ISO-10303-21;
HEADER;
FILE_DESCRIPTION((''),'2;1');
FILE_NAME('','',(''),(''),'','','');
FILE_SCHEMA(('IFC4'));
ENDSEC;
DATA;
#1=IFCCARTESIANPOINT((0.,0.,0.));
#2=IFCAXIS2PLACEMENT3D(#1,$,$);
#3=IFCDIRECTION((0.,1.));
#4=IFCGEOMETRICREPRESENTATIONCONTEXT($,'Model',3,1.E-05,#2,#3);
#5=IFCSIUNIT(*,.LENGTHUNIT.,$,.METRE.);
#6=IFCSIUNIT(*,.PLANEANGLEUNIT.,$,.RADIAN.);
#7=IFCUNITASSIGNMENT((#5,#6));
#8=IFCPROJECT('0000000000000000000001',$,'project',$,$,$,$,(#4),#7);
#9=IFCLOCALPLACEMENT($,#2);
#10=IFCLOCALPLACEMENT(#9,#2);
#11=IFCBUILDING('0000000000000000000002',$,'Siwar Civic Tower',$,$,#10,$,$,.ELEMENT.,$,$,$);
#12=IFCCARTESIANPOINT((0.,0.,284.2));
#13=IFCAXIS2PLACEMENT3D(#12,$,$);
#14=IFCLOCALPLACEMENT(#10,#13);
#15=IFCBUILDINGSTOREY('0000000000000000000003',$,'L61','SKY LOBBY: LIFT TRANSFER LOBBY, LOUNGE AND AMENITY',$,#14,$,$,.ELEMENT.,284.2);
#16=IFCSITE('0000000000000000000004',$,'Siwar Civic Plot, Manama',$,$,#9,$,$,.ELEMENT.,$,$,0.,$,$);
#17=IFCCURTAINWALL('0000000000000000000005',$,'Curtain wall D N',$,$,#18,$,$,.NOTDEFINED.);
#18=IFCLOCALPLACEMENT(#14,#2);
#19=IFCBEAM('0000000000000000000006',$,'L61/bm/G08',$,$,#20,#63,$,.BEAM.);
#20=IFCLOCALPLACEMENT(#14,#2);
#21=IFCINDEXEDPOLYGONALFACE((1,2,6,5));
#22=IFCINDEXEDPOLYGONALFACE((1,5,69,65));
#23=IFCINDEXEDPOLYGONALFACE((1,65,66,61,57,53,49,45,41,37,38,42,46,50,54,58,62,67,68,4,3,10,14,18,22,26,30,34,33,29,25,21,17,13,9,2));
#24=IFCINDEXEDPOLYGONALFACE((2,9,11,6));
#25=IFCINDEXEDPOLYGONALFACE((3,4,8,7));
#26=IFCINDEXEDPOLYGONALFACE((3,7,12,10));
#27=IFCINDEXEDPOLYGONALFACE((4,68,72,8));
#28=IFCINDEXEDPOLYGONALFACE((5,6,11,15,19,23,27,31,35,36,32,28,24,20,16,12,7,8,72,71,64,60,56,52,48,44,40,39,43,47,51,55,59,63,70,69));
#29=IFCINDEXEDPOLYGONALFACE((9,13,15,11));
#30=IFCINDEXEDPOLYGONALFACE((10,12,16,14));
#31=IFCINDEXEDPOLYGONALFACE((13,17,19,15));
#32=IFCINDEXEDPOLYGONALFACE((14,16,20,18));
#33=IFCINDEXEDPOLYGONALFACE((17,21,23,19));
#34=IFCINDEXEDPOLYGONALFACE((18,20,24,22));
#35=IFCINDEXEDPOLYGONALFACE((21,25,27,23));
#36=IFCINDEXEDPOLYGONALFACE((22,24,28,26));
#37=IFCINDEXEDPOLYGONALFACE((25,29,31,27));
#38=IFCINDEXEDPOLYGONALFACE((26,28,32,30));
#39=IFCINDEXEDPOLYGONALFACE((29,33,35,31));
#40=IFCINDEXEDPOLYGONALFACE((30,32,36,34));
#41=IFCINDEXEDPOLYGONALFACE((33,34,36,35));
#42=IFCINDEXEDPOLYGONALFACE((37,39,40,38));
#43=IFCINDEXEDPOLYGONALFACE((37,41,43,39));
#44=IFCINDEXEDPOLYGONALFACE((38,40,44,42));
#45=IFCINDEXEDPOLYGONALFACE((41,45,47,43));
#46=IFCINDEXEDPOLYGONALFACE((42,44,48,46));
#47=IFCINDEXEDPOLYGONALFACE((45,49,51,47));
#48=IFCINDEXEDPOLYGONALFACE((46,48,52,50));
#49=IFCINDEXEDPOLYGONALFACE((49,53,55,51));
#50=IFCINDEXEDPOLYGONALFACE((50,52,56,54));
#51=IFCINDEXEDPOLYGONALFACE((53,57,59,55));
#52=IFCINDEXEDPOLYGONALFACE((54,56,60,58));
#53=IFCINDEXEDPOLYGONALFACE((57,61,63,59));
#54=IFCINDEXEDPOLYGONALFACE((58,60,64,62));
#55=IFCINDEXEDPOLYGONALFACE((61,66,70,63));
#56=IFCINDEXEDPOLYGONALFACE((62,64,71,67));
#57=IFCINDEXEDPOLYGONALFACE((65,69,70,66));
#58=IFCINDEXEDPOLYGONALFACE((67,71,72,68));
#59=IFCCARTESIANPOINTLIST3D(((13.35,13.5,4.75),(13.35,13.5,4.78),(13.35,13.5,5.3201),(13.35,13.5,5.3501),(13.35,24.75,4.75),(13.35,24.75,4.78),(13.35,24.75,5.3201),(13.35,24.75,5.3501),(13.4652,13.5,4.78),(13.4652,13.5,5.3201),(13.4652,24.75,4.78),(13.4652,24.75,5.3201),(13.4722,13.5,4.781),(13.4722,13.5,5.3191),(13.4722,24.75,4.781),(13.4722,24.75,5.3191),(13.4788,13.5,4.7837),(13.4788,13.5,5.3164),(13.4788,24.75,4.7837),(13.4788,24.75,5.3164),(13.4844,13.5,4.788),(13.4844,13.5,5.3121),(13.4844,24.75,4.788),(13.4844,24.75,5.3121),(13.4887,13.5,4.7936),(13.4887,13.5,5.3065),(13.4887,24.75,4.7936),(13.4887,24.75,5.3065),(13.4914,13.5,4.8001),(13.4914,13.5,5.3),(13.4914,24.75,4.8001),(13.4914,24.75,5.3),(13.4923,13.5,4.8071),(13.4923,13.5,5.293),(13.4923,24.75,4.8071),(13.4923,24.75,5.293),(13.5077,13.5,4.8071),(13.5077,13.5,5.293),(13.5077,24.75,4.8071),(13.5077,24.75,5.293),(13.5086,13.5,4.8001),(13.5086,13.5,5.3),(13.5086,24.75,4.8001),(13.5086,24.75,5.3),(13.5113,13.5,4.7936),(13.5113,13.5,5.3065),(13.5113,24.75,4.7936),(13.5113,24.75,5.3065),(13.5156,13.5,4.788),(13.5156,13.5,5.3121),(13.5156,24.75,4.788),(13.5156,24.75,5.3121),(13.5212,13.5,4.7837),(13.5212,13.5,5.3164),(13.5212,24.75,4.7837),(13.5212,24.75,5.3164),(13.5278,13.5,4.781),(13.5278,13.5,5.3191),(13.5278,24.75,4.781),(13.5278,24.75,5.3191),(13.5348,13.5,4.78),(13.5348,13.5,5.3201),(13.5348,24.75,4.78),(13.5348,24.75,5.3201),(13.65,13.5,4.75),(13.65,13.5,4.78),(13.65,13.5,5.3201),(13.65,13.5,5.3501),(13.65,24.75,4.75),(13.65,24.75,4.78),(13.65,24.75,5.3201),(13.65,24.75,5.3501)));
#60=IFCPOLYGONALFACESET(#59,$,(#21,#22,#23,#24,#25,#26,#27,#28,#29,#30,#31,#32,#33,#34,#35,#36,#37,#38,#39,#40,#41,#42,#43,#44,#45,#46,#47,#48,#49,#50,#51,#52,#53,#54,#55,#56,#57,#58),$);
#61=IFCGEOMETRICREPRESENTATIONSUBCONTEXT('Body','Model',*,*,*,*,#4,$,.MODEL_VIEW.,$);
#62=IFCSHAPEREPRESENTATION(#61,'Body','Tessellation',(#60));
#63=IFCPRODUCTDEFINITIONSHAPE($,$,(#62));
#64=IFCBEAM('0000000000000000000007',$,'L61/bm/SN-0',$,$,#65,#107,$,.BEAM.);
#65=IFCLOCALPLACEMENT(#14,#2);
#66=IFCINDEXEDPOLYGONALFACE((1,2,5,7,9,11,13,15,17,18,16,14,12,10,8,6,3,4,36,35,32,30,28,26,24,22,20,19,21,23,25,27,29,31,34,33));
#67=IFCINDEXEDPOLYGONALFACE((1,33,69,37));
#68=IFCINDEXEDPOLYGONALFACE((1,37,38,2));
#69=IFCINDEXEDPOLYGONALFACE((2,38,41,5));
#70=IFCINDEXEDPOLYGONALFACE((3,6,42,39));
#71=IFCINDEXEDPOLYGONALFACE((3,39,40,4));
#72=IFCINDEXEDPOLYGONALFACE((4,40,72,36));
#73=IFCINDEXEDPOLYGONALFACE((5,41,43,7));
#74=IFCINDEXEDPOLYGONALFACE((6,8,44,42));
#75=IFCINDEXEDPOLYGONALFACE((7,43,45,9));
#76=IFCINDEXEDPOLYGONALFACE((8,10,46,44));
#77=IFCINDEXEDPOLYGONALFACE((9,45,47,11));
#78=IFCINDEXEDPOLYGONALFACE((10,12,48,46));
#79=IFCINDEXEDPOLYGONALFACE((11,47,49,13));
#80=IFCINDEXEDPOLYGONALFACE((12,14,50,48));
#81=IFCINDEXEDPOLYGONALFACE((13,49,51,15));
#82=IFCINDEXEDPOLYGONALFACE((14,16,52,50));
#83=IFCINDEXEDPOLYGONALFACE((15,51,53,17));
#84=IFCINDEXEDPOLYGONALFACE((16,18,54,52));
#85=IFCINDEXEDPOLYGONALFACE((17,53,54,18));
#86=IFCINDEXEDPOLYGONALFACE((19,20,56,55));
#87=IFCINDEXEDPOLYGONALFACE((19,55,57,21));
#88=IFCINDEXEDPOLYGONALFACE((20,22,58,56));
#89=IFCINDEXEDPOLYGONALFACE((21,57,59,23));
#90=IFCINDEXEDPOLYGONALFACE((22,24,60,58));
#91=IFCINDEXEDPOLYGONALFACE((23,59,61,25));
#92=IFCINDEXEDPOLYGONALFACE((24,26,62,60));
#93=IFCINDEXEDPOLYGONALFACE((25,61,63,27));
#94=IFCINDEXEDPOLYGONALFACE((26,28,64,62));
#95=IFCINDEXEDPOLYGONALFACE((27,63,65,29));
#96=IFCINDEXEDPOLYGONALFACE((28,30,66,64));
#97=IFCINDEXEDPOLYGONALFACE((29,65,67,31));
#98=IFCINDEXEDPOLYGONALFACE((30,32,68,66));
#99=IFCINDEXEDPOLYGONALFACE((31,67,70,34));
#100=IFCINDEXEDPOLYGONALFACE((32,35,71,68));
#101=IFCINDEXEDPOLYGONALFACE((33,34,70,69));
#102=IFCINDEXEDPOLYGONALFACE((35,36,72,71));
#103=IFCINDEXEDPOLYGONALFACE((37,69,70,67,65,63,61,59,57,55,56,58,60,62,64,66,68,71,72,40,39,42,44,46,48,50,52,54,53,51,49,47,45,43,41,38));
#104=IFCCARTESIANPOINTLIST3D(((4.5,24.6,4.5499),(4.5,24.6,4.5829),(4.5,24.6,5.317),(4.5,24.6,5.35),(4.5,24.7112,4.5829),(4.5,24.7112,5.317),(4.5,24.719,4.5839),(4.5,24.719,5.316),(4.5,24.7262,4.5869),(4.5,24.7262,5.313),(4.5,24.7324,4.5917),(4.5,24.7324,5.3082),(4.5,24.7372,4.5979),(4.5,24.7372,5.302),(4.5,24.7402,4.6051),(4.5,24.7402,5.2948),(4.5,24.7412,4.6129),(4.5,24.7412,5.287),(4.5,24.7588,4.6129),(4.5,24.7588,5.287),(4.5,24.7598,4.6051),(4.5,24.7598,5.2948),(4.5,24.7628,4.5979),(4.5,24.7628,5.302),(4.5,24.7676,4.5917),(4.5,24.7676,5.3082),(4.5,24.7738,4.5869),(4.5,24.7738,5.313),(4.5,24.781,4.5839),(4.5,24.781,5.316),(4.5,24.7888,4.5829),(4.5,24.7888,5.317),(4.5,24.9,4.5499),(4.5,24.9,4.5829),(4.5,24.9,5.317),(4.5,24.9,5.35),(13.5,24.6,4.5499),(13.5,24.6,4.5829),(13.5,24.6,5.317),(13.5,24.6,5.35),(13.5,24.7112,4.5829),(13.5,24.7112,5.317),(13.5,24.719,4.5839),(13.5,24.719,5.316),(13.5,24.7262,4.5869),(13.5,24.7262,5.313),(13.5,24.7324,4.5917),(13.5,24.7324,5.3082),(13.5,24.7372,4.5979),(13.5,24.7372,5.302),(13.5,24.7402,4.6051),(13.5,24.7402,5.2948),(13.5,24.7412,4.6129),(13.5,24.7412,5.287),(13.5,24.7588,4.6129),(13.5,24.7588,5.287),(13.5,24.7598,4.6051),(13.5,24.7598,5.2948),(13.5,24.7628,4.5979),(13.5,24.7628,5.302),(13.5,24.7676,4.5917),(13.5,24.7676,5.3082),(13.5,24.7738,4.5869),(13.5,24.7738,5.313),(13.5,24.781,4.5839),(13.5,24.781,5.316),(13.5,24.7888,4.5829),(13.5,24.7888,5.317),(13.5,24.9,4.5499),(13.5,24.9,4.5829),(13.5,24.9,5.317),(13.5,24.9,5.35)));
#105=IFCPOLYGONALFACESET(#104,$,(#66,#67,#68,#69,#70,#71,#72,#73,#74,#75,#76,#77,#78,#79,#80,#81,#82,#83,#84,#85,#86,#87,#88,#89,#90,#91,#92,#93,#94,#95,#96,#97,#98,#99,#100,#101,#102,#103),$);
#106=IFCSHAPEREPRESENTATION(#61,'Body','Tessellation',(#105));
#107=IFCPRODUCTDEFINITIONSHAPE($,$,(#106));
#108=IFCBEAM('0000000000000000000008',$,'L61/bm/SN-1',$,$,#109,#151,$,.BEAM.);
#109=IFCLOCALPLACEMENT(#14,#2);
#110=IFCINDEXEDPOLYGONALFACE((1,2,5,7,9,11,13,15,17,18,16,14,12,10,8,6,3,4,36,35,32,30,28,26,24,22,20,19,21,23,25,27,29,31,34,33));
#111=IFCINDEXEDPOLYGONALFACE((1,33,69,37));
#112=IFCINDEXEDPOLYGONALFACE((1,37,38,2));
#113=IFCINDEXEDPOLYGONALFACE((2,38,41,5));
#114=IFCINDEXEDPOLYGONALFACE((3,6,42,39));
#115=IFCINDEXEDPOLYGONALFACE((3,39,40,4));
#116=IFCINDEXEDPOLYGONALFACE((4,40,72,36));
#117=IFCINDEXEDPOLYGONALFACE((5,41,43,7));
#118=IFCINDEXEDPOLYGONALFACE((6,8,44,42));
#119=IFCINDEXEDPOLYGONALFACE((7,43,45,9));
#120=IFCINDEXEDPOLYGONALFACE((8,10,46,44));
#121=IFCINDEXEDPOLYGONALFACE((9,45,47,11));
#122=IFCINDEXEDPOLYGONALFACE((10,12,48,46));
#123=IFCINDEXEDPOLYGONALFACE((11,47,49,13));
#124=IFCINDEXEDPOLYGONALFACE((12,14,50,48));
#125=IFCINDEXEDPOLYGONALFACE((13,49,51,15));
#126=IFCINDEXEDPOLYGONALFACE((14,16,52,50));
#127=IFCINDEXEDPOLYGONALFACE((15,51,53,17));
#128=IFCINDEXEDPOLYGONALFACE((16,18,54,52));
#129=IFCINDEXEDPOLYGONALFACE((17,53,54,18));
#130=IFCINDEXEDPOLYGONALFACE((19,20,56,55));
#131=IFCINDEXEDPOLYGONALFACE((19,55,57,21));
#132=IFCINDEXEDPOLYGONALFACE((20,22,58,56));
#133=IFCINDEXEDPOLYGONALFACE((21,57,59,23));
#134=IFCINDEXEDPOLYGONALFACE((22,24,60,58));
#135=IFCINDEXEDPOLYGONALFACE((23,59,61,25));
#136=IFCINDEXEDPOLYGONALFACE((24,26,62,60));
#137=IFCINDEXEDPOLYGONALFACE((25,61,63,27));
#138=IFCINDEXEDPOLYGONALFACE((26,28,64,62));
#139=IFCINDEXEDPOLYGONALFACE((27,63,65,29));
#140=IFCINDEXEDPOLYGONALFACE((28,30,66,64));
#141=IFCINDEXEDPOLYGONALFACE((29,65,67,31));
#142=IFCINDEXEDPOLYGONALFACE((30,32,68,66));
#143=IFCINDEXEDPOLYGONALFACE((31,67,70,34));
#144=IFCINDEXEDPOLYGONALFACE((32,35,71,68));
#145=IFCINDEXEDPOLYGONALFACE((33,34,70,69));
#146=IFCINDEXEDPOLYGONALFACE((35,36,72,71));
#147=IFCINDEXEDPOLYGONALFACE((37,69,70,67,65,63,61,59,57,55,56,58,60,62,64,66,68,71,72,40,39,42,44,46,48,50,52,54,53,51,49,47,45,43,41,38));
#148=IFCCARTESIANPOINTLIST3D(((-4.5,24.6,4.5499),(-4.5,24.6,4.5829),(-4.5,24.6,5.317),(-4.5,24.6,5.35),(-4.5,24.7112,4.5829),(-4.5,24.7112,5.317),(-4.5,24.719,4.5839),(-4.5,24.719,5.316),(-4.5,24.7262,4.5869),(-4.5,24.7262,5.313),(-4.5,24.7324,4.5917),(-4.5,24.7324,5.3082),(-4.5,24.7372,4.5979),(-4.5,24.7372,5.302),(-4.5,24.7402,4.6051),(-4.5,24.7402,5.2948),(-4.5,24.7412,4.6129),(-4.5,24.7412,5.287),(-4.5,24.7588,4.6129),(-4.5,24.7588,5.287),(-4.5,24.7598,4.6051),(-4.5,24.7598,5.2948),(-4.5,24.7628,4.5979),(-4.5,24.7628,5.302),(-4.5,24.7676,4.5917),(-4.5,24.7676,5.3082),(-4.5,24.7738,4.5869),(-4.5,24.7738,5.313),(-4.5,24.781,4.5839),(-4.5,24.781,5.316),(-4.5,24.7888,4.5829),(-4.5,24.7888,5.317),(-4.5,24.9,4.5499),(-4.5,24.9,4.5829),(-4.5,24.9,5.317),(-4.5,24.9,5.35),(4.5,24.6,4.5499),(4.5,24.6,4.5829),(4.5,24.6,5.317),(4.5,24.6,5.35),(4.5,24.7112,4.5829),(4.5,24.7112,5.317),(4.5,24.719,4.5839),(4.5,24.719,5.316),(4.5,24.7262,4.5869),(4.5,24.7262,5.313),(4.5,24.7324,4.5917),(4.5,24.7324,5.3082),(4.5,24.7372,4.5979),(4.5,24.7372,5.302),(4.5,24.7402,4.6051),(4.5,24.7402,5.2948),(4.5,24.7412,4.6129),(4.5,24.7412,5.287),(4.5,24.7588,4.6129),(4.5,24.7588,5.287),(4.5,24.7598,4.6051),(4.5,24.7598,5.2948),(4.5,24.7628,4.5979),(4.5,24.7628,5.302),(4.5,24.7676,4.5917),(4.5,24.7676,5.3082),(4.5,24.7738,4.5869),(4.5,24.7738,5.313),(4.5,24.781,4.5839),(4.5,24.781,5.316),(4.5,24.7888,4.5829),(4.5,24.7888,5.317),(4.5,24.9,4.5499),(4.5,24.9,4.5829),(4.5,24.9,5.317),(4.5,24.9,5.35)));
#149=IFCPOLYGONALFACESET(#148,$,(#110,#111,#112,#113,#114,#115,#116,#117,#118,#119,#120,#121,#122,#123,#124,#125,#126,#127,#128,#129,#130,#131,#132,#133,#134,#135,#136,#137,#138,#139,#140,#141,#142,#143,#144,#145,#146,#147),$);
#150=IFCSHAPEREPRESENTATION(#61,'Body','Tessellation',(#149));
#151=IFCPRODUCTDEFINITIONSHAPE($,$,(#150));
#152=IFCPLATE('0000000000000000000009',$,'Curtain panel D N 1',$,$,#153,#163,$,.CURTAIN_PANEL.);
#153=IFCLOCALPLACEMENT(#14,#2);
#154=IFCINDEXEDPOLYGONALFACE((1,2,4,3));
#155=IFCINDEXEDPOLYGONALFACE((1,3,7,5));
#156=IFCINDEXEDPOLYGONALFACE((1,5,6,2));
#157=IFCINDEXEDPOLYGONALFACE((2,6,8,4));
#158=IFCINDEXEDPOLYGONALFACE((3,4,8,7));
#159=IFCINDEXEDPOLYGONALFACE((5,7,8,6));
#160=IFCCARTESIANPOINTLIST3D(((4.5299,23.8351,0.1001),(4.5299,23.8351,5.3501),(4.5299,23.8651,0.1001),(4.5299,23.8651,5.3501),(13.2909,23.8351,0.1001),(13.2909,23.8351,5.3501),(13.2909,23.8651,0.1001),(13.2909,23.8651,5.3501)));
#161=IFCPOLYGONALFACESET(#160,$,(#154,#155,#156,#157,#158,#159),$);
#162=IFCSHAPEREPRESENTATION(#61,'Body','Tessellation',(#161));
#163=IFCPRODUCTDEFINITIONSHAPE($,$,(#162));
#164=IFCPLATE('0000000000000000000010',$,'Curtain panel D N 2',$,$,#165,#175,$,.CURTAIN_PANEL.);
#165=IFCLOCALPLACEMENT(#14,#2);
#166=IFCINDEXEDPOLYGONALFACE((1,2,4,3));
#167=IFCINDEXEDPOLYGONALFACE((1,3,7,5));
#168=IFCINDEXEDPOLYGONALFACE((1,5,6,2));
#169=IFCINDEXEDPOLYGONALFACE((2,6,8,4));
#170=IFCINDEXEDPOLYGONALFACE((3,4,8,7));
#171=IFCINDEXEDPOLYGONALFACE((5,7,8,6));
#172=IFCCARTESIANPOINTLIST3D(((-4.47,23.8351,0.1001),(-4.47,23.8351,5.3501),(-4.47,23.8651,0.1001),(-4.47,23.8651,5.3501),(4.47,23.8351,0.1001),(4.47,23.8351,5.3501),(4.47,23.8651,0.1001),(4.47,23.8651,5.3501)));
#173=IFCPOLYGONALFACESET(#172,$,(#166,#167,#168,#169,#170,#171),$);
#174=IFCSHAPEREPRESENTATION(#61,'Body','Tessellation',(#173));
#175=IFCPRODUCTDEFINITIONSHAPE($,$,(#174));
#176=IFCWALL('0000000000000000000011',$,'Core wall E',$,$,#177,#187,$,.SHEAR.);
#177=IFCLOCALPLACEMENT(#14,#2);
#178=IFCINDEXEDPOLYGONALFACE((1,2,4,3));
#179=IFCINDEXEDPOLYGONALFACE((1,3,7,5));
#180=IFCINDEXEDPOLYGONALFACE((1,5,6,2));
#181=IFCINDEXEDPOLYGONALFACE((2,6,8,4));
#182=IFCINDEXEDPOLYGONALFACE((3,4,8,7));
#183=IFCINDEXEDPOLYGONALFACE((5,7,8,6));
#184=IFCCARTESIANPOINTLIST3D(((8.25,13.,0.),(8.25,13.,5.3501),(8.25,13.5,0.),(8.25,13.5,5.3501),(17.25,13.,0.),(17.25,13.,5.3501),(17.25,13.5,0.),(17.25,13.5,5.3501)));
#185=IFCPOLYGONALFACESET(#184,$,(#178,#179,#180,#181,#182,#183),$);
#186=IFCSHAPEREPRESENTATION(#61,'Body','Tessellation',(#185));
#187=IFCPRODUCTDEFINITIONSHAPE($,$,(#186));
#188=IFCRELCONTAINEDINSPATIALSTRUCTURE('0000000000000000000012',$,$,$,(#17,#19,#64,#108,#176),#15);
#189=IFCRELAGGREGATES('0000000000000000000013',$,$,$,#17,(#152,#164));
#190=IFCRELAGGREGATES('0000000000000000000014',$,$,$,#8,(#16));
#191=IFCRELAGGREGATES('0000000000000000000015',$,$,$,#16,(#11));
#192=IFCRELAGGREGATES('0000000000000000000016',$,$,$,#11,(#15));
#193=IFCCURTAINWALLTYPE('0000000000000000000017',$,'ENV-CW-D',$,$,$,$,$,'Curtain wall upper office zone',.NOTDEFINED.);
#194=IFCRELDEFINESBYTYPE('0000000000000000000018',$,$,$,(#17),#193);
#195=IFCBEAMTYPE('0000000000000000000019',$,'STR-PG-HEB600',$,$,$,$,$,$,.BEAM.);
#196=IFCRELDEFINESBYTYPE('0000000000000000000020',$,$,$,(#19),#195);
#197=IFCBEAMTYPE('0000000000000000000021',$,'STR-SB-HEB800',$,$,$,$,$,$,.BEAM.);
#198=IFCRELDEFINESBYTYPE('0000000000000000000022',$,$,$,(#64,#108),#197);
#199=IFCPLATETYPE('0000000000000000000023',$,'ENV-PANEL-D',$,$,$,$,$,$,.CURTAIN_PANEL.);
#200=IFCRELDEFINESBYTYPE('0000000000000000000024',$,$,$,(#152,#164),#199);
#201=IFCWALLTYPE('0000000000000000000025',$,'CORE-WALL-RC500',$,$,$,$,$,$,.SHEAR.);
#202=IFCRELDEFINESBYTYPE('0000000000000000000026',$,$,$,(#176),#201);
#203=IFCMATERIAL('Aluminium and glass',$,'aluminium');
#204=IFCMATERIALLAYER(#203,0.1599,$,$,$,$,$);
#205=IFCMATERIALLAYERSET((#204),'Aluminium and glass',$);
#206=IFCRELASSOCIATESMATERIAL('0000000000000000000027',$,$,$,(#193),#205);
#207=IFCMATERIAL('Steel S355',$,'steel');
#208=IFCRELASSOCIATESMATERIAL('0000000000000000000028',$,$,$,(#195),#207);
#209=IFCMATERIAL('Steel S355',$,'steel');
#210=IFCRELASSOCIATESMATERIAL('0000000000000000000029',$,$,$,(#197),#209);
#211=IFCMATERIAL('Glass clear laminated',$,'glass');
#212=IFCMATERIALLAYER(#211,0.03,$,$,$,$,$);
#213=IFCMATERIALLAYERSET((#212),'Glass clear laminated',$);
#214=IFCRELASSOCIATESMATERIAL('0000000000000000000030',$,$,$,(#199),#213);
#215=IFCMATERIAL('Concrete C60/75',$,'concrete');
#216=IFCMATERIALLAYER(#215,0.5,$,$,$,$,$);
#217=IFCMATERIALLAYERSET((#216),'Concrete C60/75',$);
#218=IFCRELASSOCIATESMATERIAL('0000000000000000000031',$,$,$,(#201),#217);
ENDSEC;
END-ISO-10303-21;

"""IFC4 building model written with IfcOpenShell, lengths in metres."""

from ifc_helpers import new_model, si_unit, direction, frame, frame_2d, origin, origin_2d, place, context, subcontext, project, spatial, rectangle, i_section, extrude, material, layer, layer_set, material_profile, profile_set, type_object, element, aggregate, save


model = new_model("IFC4")

# Units and contexts
model_context = context("Model", 3, precision=1e-05, world=origin(), true_north=direction((0.0, 1.0)))
body_context = subcontext(model_context, "Body", "Model", "MODEL_VIEW")
ifc_project = project(units=[si_unit("LENGTHUNIT", "METRE"), si_unit("PLANEANGLEUNIT", "RADIAN")], contexts=[model_context])

# Site, building, storey
site_placement = place(None, origin())
site = spatial("IfcSite", under=ifc_project, at=site_placement, Name="Siwar Civic Plot, Manama", CompositionType="ELEMENT", RefElevation=0.0)
building_placement = place(site_placement, origin())
building = spatial("IfcBuilding", under=site, at=building_placement, Name="Siwar Civic Tower", CompositionType="ELEMENT")
storey_placement = place(building_placement, frame((0.0, 0.0, 284.2)))
storey = spatial("IfcBuildingStorey", under=building, at=storey_placement, Name="L61", Description="SKY LOBBY: LIFT TRANSFER LOBBY, LOUNGE AND AMENITY", CompositionType="ELEMENT", Elevation=284.2)

# Curtain wall
ifc_material_1 = material(Name="Aluminium and glass", Category="aluminium")
ifc_layer_1 = layer(ifc_material_1, 0.1599)
ifc_layer_set_1 = layer_set([ifc_layer_1], Name="Aluminium and glass")
curtain_wall_type = type_object("IfcCurtainWallType", Name="ENV-CW-D", ElementType="Curtain wall upper office zone", PredefinedType="NOTDEFINED", material=ifc_layer_set_1)
curtain_wall_placement = place(storey_placement, origin())
curtain_wall = element("IfcCurtainWall", 1, at=curtain_wall_placement, inside=storey, type_object=curtain_wall_type, Name="Curtain wall D N", PredefinedType="NOTDEFINED")

# Beams
ifc_material_2 = material(Name="Steel S355", Category="steel")
ifc_material_profile_1 = material_profile(ifc_material_2, i_section(OverallWidth=0.3, OverallDepth=0.6001, WebThickness=0.0154, FlangeThickness=0.03, FilletRadius=0.0271, at=origin_2d()), Name="HEB600")
ifc_profile_set_1 = profile_set([ifc_material_profile_1], Name="Steel S355")
beam_type_1 = type_object("IfcBeamType", Name="STR-PG-HEB600", PredefinedType="BEAM", material=ifc_profile_set_1)
beam_1_placement = place(storey_placement, frame((13.5, 13.5, 5.05), z_axis=(0.0, 1.0, 0.0), x_axis=(-1.0, 0.0, 0.0)))
element("IfcBeam", 2, at=beam_1_placement, inside=storey, type_object=beam_type_1, Name="L61/bm/G08", PredefinedType="BEAM", context=body_context, shape_type="SweptSolid", body=[
    extrude(i_section(OverallWidth=0.3, OverallDepth=0.6001, WebThickness=0.0154, FlangeThickness=0.03, FilletRadius=0.0271, at=origin_2d()), origin(), (0.0, 0.0, 1.0), 11.25),
])
ifc_material_3 = material(Name="Steel S355", Category="steel")
ifc_material_profile_2 = material_profile(ifc_material_3, i_section(OverallWidth=0.3, OverallDepth=0.8, WebThickness=0.0176, FlangeThickness=0.033, FilletRadius=0.03, at=origin_2d()), Name="HEB800")
ifc_profile_set_2 = profile_set([ifc_material_profile_2], Name="Steel S355")
beam_type_2 = type_object("IfcBeamType", Name="STR-SB-HEB800", PredefinedType="BEAM", material=ifc_profile_set_2)
for number, where, z_axis, x_axis, name in (
    (3, (13.5, 24.75, 4.95), (-1.0, 0.0, 0.0), (0.0, -1.0, 0.0), "L61/bm/SN-0"),
    (4, (4.5, 24.75, 4.95), (-1.0, 0.0, 0.0), (0.0, -1.0, 0.0), "L61/bm/SN-1"),
):
    element("IfcBeam", number, at=place(storey_placement, frame(where, z_axis=z_axis, x_axis=x_axis)), inside=storey, type_object=beam_type_2, Name=name, PredefinedType="BEAM", context=body_context, shape_type="SweptSolid", body=[
        extrude(i_section(OverallWidth=0.3, OverallDepth=0.8, WebThickness=0.0176, FlangeThickness=0.033, FilletRadius=0.03, at=origin_2d()), origin(), (0.0, 0.0, 1.0), 9.0),
    ])

# Plates
ifc_material_4 = material(Name="Glass clear laminated", Category="glass")
ifc_layer_2 = layer(ifc_material_4, 0.03)
ifc_layer_set_2 = layer_set([ifc_layer_2], Name="Glass clear laminated")
plate_type = type_object("IfcPlateType", Name="ENV-PANEL-D", PredefinedType="CURTAIN_PANEL", material=ifc_layer_set_2)
plate_1_placement = place(storey_placement, frame((8.9104, 23.8501, 0.1001), z_axis=(0.0, 0.0, 1.0), x_axis=(-1.0, 0.0, 0.0)))
plate_1 = element("IfcPlate", 5, at=plate_1_placement, type_object=plate_type, Name="Curtain panel D N 1", PredefinedType="CURTAIN_PANEL", context=body_context, shape_type="SweptSolid", body=[
    extrude(rectangle(XDim=8.761, YDim=0.03, at=origin_2d()), origin(), (0.0, 0.0, 1.0), 5.25),
])
plate_2_placement = place(storey_placement, frame((0.0, 23.8501, 0.1001), z_axis=(0.0, 0.0, 1.0), x_axis=(-1.0, 0.0, 0.0)))
plate_2 = element("IfcPlate", 6, at=plate_2_placement, type_object=plate_type, Name="Curtain panel D N 2", PredefinedType="CURTAIN_PANEL", context=body_context, shape_type="SweptSolid", body=[
    extrude(rectangle(XDim=8.9399, YDim=0.03, at=origin_2d()), origin(), (0.0, 0.0, 1.0), 5.25),
])
aggregate(curtain_wall, [plate_1, plate_2])

# Wall
ifc_material_5 = material(Name="Concrete C60/75", Category="concrete")
ifc_layer_3 = layer(ifc_material_5, 0.5)
ifc_layer_set_3 = layer_set([ifc_layer_3], Name="Concrete C60/75")
wall_type_1 = type_object("IfcWallType", Name="CORE-WALL-RC500", PredefinedType="SHEAR", material=ifc_layer_set_3)
wall_1_placement = place(storey_placement, frame((8.25, 13.25, 0.0), z_axis=(0.0, 0.0, 1.0), x_axis=(1.0, 0.0, 0.0)))
element("IfcWall", 7, at=wall_1_placement, inside=storey, type_object=wall_type_1, Name="Core wall E", PredefinedType="SHEAR", context=body_context, shape_type="SweptSolid", body=[
    extrude(rectangle(XDim=9.0, YDim=0.5, at=frame_2d((4.5, 0.0))), origin(), (0.0, 0.0, 1.0), 5.3501),
])

save(model, "model.ifc")
